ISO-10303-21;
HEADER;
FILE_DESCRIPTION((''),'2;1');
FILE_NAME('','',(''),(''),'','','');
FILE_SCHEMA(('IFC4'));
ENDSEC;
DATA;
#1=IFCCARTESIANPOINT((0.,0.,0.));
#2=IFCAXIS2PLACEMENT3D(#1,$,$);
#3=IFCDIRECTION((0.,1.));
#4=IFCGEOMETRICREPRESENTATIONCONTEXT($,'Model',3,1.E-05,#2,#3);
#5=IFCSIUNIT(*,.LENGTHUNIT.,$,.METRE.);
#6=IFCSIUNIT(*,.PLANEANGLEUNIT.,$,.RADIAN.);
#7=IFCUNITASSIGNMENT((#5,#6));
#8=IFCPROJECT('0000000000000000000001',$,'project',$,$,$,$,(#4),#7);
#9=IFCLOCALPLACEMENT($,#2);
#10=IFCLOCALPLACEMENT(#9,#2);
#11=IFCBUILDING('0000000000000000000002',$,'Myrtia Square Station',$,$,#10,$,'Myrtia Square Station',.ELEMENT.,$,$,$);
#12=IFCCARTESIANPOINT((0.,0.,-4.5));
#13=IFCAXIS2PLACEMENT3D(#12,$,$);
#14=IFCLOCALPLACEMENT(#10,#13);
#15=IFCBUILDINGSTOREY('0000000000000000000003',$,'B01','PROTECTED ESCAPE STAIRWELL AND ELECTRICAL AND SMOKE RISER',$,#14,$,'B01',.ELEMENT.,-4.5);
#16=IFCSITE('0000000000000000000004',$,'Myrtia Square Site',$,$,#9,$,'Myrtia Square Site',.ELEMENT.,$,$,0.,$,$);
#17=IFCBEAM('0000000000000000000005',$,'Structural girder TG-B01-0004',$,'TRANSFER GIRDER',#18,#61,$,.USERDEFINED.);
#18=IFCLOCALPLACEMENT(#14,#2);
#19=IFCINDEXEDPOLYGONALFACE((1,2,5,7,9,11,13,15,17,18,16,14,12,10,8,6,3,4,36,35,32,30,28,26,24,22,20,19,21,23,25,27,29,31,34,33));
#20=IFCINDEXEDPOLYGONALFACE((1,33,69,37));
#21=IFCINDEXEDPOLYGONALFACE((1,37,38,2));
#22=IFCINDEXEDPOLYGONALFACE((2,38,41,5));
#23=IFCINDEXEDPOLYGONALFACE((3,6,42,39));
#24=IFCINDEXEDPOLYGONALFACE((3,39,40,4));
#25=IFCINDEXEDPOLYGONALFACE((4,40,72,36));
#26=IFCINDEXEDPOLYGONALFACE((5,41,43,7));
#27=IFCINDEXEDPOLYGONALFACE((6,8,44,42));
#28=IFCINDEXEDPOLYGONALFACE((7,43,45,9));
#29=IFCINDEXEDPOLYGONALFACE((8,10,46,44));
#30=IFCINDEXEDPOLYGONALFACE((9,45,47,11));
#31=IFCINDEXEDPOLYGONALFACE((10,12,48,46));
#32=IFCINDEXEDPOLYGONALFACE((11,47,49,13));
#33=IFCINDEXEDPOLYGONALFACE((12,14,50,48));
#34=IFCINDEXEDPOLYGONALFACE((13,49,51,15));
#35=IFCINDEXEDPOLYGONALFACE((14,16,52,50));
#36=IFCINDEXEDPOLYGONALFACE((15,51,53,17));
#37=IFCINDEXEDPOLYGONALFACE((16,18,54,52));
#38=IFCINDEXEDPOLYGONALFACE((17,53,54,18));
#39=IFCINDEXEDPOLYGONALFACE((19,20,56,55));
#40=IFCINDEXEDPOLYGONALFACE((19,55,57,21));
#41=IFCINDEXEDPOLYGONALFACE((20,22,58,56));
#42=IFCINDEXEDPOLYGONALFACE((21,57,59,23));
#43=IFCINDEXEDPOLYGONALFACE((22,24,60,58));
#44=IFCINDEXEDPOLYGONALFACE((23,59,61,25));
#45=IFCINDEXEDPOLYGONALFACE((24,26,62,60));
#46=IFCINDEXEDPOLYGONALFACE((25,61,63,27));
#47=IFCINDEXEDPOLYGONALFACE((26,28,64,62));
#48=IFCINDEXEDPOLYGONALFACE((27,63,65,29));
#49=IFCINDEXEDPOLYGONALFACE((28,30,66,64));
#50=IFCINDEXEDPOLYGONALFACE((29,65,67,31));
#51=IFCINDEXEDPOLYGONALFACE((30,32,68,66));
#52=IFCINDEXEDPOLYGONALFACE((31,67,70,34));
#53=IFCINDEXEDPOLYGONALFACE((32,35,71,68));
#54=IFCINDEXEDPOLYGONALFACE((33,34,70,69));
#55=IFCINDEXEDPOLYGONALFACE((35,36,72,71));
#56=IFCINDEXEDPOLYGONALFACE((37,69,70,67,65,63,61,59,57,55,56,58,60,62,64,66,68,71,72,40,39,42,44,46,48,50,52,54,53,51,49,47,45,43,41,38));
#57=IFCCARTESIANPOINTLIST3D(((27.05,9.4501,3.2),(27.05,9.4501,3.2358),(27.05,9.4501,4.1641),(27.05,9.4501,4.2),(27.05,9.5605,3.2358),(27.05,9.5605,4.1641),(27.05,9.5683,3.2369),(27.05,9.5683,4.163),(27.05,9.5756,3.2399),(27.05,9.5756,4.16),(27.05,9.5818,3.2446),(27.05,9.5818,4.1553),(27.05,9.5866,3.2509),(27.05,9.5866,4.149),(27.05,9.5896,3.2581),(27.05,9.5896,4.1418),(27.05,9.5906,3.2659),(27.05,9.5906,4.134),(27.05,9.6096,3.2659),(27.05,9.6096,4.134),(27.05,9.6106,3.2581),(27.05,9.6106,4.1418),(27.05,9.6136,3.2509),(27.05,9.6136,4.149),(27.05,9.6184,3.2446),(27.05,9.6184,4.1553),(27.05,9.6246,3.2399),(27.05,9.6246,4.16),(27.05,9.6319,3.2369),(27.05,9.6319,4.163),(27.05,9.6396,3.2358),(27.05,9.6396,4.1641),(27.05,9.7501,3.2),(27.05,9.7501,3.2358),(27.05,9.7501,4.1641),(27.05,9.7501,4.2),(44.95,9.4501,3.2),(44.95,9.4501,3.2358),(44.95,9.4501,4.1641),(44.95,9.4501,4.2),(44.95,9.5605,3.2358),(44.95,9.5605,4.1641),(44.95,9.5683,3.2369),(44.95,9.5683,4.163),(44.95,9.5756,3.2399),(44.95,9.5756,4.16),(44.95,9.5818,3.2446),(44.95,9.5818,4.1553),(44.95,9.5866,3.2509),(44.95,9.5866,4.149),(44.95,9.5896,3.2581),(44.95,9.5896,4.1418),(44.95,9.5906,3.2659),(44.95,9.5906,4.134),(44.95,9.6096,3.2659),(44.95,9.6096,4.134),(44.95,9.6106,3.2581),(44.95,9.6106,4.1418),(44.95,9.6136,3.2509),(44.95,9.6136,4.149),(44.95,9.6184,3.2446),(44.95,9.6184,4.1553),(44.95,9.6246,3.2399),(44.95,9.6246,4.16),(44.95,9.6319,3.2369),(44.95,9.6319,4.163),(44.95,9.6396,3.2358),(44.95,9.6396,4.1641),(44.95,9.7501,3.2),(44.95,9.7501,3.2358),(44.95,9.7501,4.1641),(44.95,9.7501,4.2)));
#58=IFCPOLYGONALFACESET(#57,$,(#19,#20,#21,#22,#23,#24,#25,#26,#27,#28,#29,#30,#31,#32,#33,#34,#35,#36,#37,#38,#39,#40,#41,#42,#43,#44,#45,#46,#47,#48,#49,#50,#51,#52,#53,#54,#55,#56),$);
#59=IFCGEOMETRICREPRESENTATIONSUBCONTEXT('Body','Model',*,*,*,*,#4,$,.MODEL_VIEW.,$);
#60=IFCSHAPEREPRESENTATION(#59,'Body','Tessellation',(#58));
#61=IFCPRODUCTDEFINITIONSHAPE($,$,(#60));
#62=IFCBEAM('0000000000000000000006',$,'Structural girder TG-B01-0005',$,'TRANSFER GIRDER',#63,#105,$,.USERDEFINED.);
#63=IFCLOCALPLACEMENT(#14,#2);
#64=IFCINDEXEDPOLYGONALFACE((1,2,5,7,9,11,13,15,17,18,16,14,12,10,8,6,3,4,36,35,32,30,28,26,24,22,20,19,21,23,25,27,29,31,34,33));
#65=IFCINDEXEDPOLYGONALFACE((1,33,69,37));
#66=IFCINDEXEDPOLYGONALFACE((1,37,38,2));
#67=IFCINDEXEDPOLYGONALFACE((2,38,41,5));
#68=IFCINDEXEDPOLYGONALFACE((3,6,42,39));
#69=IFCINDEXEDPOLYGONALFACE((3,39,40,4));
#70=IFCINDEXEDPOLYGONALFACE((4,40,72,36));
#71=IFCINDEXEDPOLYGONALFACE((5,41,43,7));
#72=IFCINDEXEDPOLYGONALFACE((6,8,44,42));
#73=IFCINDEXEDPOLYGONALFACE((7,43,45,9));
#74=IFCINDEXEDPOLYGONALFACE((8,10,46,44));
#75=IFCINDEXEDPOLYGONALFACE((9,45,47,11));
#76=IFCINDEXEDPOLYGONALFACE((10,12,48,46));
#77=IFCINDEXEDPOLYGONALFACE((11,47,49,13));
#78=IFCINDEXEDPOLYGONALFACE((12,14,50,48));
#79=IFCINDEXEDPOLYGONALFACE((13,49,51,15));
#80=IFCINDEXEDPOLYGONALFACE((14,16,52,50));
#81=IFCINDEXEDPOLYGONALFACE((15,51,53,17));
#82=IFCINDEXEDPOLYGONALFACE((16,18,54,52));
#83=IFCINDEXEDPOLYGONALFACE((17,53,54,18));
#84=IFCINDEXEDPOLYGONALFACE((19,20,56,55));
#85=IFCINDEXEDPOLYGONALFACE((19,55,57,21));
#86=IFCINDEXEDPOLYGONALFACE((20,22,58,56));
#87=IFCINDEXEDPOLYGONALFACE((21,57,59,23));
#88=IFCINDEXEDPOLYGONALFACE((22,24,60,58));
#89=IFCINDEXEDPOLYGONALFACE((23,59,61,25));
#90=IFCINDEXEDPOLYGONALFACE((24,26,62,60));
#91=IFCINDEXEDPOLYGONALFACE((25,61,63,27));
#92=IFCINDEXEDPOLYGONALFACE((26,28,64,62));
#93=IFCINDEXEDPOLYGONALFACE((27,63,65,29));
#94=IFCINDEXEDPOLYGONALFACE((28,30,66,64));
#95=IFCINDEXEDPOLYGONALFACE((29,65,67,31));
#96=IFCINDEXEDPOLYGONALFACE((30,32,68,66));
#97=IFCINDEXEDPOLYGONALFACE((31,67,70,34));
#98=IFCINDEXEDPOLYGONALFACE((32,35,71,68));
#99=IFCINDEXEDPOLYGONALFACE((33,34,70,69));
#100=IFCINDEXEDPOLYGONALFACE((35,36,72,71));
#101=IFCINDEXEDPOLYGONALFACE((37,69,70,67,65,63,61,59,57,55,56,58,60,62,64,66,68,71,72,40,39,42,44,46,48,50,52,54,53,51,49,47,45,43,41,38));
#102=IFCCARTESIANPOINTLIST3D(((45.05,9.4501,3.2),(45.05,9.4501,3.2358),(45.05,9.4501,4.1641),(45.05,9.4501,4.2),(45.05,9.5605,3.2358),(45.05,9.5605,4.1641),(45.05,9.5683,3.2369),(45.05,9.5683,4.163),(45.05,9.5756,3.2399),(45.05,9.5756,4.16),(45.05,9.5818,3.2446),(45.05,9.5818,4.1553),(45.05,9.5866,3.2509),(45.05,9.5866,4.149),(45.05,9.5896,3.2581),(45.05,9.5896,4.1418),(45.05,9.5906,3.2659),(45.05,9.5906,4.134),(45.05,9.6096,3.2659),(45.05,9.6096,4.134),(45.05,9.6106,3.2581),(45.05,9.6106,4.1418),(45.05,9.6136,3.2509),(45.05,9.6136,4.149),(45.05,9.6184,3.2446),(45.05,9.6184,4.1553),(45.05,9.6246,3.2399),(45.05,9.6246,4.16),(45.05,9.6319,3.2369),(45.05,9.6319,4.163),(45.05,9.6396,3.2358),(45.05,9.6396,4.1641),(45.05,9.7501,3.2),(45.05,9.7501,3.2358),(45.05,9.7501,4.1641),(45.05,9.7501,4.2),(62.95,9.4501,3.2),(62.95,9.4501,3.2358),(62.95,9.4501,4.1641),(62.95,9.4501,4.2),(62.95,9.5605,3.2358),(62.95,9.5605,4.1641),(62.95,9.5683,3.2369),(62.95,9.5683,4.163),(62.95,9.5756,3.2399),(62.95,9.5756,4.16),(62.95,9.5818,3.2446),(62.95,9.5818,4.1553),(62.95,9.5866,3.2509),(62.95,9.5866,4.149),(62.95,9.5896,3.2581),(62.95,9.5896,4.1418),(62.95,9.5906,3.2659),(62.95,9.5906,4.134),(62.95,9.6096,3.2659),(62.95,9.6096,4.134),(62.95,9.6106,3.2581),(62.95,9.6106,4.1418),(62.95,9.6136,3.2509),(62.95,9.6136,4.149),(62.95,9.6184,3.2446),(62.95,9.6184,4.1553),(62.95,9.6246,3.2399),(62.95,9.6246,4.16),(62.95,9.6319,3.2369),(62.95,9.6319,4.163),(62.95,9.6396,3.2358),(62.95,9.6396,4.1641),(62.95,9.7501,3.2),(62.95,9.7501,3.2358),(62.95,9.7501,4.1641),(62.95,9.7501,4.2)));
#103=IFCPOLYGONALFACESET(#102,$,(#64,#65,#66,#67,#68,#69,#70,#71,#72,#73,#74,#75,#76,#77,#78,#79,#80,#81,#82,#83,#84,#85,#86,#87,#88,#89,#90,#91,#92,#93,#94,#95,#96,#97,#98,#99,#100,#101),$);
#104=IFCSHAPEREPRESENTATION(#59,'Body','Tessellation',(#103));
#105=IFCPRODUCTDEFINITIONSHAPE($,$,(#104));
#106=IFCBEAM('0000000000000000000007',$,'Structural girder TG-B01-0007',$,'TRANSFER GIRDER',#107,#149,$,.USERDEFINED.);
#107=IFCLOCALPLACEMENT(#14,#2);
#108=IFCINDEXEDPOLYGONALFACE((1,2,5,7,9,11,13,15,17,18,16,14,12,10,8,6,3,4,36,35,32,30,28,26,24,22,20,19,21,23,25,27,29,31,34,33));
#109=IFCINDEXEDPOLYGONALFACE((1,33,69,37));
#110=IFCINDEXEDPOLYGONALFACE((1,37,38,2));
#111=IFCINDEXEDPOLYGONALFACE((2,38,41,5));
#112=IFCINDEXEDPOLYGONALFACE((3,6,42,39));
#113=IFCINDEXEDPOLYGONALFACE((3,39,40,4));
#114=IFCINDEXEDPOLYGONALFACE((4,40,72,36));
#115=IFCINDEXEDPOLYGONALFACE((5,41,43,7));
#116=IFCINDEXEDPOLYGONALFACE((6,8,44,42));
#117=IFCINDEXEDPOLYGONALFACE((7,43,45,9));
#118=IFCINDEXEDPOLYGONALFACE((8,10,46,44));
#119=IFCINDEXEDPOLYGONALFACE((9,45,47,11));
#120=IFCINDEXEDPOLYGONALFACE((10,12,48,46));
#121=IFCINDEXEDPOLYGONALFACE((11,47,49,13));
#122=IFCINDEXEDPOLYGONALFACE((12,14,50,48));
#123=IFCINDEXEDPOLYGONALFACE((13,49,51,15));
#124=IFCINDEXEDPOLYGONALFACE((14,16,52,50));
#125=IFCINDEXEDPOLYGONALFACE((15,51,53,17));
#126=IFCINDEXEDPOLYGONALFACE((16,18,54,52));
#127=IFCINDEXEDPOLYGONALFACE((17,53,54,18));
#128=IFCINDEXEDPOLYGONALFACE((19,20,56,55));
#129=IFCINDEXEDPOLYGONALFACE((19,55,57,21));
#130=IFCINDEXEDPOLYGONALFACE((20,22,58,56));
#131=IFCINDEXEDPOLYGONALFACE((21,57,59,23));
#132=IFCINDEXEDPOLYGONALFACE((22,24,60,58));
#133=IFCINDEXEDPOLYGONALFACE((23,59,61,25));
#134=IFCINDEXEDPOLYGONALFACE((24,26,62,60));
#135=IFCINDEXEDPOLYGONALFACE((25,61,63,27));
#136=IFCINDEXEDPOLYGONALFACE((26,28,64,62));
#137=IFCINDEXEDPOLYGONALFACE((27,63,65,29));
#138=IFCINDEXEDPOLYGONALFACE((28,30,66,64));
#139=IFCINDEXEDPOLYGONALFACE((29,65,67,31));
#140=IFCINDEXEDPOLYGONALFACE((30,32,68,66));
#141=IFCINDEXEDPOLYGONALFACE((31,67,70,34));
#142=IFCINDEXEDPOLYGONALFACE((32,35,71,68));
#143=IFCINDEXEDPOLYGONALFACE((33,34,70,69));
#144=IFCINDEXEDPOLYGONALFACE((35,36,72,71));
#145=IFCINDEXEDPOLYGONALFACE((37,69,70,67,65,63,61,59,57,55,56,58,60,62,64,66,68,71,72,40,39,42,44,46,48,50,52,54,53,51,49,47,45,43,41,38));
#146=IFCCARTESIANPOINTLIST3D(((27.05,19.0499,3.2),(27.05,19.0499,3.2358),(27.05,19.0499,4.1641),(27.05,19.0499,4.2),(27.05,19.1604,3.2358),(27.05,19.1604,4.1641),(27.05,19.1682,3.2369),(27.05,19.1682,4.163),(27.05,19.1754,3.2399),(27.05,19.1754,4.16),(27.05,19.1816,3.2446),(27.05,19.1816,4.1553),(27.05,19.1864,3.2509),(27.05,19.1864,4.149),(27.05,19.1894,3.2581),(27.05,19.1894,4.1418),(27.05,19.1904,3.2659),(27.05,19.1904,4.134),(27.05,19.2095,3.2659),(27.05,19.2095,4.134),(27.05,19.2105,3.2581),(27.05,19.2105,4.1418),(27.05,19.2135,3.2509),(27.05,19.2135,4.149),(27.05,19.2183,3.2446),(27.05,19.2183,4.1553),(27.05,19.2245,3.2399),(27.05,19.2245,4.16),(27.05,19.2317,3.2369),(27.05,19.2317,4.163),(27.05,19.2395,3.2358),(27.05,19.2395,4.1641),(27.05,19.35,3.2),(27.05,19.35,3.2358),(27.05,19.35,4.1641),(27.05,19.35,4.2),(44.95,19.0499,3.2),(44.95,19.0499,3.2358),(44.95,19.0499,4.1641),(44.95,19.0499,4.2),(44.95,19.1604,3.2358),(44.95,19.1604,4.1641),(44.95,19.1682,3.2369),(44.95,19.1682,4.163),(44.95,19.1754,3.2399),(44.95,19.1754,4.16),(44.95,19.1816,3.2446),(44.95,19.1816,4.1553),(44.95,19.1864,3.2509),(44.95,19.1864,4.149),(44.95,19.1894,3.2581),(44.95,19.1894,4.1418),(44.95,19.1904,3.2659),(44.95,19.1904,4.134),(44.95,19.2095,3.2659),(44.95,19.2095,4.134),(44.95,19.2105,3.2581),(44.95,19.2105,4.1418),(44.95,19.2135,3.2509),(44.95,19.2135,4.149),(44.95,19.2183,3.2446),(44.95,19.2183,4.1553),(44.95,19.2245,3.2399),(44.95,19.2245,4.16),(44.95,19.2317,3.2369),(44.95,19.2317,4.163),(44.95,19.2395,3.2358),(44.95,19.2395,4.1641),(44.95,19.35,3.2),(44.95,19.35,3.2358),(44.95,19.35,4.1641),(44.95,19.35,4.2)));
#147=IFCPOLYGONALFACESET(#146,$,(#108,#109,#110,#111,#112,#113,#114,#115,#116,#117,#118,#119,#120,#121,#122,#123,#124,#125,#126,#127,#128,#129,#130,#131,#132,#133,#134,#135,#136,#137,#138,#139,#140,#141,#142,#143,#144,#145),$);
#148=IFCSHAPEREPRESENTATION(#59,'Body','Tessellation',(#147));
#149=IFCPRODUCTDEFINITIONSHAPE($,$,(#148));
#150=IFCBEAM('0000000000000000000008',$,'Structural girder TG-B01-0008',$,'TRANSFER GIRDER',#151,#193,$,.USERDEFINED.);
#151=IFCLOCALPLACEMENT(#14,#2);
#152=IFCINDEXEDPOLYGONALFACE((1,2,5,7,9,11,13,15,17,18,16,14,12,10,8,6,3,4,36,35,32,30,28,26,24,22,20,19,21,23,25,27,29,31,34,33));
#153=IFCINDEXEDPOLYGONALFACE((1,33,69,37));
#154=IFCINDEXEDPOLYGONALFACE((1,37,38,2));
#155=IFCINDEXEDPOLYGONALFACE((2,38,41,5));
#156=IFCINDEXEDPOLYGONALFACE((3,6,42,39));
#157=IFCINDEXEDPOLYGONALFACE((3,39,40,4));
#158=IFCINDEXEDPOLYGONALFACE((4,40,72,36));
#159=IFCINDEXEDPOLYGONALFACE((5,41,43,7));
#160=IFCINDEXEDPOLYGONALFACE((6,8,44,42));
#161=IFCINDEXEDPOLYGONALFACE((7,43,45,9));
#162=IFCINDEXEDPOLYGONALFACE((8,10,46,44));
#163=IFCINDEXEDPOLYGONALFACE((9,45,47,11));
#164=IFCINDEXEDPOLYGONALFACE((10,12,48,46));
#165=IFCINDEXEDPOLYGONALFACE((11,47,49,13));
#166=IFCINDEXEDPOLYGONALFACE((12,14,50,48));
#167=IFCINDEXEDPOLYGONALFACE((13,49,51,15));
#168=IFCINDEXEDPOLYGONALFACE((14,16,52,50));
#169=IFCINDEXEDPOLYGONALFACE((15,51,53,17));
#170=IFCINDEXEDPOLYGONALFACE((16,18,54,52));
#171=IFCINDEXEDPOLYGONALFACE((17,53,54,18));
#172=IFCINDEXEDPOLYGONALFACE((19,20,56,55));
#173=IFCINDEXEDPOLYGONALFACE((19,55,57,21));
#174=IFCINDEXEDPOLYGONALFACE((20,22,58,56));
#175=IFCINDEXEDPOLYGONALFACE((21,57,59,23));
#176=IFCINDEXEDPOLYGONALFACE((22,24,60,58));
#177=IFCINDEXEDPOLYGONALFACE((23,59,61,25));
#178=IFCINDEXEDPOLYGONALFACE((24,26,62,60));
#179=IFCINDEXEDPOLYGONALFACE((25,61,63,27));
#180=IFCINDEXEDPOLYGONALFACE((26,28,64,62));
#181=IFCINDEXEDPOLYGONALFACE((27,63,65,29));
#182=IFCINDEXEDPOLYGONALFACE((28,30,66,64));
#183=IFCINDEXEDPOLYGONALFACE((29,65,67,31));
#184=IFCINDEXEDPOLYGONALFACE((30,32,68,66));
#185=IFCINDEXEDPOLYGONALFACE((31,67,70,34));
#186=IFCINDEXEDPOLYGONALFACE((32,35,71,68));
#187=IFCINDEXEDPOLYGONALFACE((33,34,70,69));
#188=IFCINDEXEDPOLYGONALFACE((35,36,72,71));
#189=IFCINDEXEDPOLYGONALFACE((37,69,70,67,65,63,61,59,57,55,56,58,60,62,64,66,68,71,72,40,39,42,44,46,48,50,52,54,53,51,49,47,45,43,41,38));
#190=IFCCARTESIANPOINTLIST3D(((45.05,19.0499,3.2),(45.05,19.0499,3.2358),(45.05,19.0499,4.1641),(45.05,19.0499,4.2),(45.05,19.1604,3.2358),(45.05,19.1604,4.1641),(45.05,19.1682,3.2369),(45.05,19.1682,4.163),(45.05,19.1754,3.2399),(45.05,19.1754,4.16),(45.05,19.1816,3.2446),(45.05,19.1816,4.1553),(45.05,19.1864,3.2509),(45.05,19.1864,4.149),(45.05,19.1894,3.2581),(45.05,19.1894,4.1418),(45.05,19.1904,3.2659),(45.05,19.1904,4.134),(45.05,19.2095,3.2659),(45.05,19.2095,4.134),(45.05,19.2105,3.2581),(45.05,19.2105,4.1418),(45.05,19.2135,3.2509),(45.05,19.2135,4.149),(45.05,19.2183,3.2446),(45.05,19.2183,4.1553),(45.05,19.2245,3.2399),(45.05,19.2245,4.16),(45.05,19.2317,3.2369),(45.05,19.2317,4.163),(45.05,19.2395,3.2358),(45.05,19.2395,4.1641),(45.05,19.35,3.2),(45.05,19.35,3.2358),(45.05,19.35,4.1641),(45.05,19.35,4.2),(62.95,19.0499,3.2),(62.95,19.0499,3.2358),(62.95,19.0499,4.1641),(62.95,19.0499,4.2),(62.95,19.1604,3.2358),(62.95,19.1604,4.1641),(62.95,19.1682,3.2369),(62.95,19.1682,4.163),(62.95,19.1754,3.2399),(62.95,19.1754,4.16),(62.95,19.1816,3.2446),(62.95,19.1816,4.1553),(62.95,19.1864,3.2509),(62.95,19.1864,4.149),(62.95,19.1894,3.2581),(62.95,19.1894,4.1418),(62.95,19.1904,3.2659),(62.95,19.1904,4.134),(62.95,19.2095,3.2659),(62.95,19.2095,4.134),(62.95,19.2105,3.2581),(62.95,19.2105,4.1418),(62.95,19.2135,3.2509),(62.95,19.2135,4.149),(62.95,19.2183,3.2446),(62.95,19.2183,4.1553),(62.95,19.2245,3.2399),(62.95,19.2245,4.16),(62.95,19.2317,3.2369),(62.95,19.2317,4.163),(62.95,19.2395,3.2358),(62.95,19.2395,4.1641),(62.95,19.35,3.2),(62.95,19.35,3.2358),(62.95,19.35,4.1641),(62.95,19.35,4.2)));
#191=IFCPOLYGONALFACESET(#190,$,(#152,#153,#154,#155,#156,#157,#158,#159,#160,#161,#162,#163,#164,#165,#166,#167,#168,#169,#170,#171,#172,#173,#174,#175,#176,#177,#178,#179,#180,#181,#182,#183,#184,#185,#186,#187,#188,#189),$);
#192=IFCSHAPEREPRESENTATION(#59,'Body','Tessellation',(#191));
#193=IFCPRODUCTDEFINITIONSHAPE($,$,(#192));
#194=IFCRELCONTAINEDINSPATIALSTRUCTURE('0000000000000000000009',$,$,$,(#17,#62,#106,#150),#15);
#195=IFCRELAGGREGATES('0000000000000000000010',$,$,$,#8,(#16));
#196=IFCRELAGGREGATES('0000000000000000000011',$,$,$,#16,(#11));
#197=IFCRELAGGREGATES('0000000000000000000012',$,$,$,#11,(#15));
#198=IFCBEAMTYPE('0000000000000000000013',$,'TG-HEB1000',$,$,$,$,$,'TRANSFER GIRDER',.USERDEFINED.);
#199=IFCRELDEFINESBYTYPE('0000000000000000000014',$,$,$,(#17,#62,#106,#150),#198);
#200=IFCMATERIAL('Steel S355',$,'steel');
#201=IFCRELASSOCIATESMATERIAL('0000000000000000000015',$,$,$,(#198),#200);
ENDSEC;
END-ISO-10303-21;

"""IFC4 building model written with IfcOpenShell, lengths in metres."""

from ifc_helpers import new_model, si_unit, direction, frame, origin, origin_2d, place, context, subcontext, project, spatial, i_section, extrude, material, material_profile, profile_set, type_object, element, save


model = new_model("IFC4")

# Units and contexts
model_context = context("Model", 3, precision=1e-05, world=origin(), true_north=direction((0.0, 1.0)))
body_context = subcontext(model_context, "Body", "Model", "MODEL_VIEW")
ifc_project = project(units=[si_unit("LENGTHUNIT", "METRE"), si_unit("PLANEANGLEUNIT", "RADIAN")], contexts=[model_context])

# Site, building, storey
site_placement = place(None, origin())
site = spatial("IfcSite", under=ifc_project, at=site_placement, Name="Myrtia Square Site", LongName="Myrtia Square Site", CompositionType="ELEMENT", RefElevation=0.0)
building_placement = place(site_placement, origin())
building = spatial("IfcBuilding", under=site, at=building_placement, Name="Myrtia Square Station", LongName="Myrtia Square Station", CompositionType="ELEMENT")
storey_placement = place(building_placement, frame((0.0, 0.0, -4.5)))
storey = spatial("IfcBuildingStorey", under=building, at=storey_placement, Name="B01", Description="PROTECTED ESCAPE STAIRWELL AND ELECTRICAL AND SMOKE RISER", LongName="B01", CompositionType="ELEMENT", Elevation=-4.5)

# Beams
ifc_material_1 = material(Name="Steel S355", Category="steel")
ifc_material_profile_1 = material_profile(ifc_material_1, i_section(OverallWidth=0.3, OverallDepth=1.0, WebThickness=0.019, FlangeThickness=0.0359, FilletRadius=0.03, at=origin_2d()), Name="HEB 1000")
ifc_profile_set_1 = profile_set([ifc_material_profile_1], Name="Steel S355")
beam_type_1 = type_object("IfcBeamType", Name="TG-HEB1000", ElementType="TRANSFER GIRDER", PredefinedType="USERDEFINED", material=ifc_profile_set_1)
for number, where, z_axis, x_axis, name in (
    (1, (27.05, 9.6001, 3.7), (1.0, 0.0, 0.0), (0.0, 1.0, 0.0), "Structural girder TG-B01-0004"),
    (2, (45.05, 9.6001, 3.7), (1.0, 0.0, 0.0), (0.0, 1.0, 0.0), "Structural girder TG-B01-0005"),
    (3, (27.05, 19.2, 3.7), (1.0, 0.0, 0.0), (0.0, 1.0, 0.0), "Structural girder TG-B01-0007"),
    (4, (45.05, 19.2, 3.7), (1.0, 0.0, 0.0), (0.0, 1.0, 0.0), "Structural girder TG-B01-0008"),
):
    element("IfcBeam", number, at=place(storey_placement, frame(where, z_axis=z_axis, x_axis=x_axis)), inside=storey, type_object=beam_type_1, Name=name, ObjectType="TRANSFER GIRDER", PredefinedType="USERDEFINED", context=body_context, shape_type="SweptSolid", body=[
        extrude(i_section(OverallWidth=0.3, OverallDepth=1.0, WebThickness=0.019, FlangeThickness=0.0359, FilletRadius=0.03, at=origin_2d()), origin(), (0.0, 0.0, 1.0), 17.8999),
    ])

save(model, "model.ifc")
